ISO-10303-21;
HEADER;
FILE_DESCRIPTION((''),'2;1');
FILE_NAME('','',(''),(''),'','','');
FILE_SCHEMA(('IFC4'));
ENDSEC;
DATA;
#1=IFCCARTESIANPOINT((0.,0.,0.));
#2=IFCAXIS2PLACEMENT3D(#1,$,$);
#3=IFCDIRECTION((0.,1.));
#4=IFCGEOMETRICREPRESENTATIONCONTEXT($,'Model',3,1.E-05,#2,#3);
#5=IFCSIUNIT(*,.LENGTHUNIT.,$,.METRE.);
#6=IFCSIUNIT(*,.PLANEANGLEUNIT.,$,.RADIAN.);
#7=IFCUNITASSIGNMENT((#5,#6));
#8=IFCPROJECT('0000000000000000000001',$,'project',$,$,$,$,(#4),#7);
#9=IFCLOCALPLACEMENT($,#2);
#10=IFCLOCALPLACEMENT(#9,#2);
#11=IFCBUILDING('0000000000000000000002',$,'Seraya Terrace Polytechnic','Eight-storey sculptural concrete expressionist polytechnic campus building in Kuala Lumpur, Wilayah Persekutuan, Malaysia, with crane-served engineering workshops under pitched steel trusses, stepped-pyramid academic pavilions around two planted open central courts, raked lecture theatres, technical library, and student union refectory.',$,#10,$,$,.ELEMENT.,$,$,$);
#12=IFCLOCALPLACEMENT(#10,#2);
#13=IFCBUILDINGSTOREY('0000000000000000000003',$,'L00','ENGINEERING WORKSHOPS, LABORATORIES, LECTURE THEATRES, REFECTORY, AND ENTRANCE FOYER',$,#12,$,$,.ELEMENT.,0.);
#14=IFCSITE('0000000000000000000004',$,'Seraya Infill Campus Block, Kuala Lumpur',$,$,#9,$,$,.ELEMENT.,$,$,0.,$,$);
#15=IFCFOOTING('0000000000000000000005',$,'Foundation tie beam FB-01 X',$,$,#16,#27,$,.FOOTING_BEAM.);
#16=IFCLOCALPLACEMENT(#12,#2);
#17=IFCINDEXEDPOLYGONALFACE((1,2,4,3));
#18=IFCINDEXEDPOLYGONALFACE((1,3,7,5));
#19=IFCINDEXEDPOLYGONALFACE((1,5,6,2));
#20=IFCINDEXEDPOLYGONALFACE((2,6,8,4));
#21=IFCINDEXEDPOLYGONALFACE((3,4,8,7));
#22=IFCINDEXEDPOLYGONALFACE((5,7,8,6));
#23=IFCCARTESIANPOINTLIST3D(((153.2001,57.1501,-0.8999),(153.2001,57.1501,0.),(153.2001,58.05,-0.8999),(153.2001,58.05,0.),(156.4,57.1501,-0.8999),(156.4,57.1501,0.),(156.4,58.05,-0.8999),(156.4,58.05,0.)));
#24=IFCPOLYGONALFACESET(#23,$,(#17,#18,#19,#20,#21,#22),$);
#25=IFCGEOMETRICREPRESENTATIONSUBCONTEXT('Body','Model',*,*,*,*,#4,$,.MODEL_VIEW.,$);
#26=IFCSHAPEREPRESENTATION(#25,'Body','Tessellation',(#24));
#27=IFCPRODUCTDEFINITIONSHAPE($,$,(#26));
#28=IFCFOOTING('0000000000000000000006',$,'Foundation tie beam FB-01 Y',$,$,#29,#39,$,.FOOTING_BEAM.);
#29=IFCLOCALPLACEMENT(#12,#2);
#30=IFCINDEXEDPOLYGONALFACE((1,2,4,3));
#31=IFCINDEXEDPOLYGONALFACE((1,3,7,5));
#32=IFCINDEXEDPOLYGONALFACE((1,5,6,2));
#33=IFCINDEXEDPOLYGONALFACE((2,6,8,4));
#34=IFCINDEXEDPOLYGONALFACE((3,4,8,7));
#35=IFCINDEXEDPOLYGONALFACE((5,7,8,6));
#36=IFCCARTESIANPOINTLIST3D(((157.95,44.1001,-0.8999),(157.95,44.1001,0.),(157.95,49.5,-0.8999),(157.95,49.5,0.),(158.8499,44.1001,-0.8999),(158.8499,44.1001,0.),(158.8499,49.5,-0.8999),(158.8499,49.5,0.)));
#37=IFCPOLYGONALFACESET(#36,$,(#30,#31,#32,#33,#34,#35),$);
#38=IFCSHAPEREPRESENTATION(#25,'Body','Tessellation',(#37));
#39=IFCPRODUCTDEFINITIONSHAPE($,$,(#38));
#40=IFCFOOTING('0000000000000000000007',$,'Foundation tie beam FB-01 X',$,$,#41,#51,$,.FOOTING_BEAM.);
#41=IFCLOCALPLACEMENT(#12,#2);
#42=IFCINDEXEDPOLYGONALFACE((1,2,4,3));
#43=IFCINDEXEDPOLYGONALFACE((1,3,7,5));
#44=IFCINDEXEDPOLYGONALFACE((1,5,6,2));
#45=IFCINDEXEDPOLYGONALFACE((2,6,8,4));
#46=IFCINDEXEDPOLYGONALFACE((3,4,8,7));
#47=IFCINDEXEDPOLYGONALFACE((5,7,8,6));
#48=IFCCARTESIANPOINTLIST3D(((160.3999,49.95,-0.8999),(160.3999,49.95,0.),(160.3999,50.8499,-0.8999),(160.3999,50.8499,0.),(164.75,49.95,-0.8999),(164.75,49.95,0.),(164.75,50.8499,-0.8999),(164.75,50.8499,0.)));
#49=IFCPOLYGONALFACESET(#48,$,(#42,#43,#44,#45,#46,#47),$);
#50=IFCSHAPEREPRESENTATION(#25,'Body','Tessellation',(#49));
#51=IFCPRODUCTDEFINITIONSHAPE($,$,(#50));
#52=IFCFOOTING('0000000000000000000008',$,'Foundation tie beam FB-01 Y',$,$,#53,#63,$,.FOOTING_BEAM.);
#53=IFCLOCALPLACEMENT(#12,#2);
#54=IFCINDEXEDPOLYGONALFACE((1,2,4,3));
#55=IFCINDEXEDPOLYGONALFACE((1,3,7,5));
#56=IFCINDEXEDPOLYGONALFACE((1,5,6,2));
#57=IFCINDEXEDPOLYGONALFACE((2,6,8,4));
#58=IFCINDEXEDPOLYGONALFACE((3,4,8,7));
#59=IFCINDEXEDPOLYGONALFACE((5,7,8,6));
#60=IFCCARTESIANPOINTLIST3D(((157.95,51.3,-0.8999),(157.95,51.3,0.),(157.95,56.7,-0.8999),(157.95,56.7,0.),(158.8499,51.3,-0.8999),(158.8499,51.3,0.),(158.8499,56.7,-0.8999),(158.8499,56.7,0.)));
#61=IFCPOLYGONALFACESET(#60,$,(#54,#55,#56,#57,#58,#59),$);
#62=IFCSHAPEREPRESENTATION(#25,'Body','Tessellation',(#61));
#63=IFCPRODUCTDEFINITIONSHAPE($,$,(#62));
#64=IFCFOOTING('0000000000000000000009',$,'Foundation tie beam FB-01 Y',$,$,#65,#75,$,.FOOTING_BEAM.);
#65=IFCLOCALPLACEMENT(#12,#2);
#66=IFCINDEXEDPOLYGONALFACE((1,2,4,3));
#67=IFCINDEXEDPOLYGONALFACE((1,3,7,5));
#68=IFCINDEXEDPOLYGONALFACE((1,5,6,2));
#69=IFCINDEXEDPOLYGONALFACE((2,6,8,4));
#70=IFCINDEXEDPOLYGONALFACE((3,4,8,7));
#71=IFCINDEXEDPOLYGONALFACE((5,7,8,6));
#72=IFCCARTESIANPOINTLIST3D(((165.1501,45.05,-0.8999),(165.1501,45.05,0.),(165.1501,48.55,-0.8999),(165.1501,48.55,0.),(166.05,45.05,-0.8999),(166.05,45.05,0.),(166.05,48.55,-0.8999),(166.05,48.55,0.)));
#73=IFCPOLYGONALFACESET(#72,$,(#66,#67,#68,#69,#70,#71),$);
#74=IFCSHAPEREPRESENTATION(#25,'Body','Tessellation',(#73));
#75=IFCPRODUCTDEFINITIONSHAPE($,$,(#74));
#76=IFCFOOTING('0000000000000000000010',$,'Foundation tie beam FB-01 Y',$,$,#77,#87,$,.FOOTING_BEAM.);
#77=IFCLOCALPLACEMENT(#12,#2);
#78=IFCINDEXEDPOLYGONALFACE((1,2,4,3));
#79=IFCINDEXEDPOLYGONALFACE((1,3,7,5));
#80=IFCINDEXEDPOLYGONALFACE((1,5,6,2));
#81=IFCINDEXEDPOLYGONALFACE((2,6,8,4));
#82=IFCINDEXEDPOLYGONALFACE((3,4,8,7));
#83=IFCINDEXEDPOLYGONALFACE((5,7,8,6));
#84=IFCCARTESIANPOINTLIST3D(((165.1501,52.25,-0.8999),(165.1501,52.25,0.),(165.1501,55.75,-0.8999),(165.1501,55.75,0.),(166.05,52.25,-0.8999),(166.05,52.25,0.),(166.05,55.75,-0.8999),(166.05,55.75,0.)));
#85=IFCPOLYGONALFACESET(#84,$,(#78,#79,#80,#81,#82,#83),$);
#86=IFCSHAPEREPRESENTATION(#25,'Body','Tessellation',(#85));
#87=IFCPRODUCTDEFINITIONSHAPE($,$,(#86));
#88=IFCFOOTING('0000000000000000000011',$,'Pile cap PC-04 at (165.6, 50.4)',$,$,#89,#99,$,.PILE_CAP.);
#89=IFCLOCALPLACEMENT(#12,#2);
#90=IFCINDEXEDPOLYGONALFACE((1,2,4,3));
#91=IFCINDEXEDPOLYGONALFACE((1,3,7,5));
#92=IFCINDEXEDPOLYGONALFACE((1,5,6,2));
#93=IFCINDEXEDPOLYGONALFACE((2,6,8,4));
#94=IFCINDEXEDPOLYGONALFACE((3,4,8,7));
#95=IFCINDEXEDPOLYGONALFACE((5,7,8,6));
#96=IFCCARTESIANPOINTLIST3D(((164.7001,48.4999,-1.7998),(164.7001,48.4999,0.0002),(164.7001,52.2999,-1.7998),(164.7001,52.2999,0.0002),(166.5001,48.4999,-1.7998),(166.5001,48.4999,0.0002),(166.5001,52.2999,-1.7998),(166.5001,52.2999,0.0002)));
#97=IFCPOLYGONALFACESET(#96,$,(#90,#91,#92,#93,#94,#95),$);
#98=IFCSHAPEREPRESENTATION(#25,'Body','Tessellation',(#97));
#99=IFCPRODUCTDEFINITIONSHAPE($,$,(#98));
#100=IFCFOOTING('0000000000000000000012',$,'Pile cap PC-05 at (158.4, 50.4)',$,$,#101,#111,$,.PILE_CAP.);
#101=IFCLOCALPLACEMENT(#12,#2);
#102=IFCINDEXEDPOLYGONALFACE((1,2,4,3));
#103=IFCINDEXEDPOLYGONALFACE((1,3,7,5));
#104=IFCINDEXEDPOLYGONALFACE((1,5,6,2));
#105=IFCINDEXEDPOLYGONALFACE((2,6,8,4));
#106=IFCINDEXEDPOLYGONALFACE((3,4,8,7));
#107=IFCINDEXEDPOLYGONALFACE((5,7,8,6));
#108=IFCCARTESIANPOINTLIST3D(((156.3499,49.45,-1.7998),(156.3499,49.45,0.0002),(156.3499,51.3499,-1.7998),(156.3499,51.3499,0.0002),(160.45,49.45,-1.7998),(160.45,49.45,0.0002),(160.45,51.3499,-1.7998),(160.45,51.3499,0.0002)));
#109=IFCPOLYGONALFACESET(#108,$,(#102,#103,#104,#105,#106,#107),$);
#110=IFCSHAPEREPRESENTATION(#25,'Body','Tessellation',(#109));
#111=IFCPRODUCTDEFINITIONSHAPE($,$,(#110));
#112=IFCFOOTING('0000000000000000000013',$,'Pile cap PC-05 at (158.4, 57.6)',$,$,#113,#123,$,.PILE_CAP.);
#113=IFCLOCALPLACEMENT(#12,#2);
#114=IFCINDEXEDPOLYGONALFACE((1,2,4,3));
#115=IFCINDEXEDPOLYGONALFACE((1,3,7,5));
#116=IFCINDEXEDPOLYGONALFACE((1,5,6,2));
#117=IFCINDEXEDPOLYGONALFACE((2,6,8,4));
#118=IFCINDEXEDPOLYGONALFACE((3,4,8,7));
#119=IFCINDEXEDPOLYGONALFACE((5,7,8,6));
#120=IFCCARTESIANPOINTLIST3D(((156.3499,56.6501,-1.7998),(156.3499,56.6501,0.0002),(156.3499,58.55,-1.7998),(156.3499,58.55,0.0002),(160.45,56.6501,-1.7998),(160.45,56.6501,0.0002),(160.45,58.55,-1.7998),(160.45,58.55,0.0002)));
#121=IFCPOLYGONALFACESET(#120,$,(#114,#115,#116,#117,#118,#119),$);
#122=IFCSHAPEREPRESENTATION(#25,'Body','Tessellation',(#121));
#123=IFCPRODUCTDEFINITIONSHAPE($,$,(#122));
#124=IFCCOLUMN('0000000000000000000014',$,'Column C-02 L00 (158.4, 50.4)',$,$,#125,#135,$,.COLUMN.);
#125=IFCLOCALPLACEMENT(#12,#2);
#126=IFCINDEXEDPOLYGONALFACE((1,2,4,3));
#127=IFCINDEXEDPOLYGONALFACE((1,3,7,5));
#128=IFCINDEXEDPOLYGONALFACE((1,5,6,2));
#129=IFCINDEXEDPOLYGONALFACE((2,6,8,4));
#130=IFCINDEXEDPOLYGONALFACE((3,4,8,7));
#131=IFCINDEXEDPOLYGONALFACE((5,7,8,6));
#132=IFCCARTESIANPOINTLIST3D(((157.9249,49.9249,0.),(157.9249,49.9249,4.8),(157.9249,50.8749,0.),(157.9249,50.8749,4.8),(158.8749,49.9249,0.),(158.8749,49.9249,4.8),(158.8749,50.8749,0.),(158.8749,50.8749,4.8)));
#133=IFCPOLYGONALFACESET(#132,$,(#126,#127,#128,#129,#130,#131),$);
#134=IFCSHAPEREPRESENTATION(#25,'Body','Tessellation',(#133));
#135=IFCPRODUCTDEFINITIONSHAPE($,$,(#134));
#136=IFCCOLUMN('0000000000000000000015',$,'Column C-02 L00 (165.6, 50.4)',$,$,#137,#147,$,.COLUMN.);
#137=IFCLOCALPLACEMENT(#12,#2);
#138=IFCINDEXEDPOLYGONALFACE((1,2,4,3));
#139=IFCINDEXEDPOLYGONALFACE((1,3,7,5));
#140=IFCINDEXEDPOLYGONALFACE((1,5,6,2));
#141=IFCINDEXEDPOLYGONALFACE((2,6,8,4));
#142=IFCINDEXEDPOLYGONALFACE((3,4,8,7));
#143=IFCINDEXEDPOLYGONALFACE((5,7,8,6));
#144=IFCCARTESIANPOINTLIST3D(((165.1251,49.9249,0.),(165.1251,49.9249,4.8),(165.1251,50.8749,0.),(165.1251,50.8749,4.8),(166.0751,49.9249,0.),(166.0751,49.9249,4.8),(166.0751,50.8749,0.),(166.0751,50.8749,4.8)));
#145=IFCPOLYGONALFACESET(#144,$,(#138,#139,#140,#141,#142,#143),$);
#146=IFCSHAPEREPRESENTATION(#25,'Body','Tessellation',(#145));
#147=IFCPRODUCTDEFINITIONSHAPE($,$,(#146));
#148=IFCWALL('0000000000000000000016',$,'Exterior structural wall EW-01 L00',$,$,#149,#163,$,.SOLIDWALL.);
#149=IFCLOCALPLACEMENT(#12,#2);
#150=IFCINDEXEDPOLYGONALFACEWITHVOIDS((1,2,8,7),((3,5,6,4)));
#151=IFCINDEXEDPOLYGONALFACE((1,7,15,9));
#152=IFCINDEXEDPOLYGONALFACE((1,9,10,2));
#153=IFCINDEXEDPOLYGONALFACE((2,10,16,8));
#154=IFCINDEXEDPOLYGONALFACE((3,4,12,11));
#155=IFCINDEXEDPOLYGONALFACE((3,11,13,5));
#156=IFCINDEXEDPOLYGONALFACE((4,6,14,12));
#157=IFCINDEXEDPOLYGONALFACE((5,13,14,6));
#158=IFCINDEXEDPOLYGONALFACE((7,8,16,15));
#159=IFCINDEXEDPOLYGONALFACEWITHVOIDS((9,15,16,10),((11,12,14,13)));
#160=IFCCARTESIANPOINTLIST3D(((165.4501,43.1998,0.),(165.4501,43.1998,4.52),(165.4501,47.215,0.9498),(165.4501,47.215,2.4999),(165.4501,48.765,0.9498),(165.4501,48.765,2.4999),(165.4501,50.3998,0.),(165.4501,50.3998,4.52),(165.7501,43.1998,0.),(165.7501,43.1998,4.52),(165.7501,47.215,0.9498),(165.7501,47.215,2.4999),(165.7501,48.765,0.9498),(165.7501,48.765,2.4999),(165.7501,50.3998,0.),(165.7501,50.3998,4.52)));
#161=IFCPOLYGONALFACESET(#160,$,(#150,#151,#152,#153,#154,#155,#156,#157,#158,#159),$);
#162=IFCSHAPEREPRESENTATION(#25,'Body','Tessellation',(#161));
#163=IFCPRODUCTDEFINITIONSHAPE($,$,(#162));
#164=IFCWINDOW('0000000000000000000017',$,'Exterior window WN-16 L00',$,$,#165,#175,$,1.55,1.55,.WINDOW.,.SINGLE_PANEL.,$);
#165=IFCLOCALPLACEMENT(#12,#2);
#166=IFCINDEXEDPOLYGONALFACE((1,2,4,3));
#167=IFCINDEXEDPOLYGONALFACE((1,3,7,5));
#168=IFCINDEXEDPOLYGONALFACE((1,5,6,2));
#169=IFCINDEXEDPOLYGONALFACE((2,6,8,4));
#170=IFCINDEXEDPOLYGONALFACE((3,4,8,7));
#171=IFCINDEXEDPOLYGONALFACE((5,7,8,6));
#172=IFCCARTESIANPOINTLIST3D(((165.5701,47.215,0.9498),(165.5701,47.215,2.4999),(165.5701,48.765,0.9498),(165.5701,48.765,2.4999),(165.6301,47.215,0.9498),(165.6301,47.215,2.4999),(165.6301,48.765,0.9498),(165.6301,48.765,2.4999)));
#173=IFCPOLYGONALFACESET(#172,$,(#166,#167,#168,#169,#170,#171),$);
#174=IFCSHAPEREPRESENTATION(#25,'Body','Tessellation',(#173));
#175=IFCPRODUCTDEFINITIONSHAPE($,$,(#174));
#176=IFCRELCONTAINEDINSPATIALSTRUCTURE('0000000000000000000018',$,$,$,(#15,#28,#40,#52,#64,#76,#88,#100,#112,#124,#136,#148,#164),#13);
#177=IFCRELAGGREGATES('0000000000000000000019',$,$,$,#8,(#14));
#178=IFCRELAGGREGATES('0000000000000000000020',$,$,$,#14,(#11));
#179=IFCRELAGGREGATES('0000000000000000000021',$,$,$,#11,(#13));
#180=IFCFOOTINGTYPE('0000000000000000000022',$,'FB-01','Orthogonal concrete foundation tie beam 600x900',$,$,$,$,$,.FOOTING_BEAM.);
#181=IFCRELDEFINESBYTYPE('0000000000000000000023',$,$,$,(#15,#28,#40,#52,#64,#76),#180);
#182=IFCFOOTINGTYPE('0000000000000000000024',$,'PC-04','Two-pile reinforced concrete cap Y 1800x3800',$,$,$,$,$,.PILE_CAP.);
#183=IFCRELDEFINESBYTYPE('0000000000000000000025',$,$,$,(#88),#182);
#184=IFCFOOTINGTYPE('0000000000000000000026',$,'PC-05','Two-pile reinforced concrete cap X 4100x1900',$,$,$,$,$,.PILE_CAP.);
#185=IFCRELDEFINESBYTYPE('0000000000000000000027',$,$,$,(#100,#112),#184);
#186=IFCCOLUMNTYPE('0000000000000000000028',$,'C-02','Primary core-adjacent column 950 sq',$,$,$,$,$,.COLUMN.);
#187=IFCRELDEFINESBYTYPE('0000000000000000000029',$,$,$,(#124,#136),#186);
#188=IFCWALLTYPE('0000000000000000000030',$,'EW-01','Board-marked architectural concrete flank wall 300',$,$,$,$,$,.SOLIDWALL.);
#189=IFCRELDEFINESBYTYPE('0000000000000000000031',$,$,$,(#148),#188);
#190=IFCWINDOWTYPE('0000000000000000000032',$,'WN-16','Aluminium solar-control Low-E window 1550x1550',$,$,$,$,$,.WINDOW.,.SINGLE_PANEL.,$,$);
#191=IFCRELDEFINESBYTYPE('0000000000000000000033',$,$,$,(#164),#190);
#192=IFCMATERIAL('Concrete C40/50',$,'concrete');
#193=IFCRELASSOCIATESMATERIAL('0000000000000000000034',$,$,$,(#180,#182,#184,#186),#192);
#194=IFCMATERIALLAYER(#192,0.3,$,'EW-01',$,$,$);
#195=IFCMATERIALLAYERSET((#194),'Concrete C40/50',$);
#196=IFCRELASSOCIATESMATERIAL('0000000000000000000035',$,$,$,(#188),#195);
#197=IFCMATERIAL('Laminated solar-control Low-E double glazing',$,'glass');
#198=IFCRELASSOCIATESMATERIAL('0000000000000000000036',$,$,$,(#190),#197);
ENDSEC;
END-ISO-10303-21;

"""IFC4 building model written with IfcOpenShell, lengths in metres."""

from ifc_helpers import new_model, si_unit, direction, frame, frame_2d, origin, origin_2d, place, context, subcontext, project, spatial, rectangle, extrude, material, layer, layer_set, material_profile, profile_set, type_object, element, fill, save


model = new_model("IFC4")

# Units and contexts
model_context = context("Model", 3, precision=1e-05, world=origin(), true_north=direction((0.0, 1.0)))
body_context = subcontext(model_context, "Body", "Model", "MODEL_VIEW")
ifc_project = project(units=[si_unit("LENGTHUNIT", "METRE"), si_unit("PLANEANGLEUNIT", "RADIAN")], contexts=[model_context])

# Site, building, storey
site_placement = place(None, origin())
site = spatial("IfcSite", under=ifc_project, at=site_placement, Name="Seraya Infill Campus Block, Kuala Lumpur", CompositionType="ELEMENT", RefElevation=0.0)
building_placement = place(site_placement, origin())
building = spatial("IfcBuilding", under=site, at=building_placement, Name="Seraya Terrace Polytechnic", Description="Eight-storey sculptural concrete expressionist polytechnic campus building in Kuala Lumpur, Wilayah Persekutuan, Malaysia, with crane-served engineering workshops under pitched steel trusses, stepped-pyramid academic pavilions around two planted open central courts, raked lecture theatres, technical library, and student union refectory.", CompositionType="ELEMENT")
storey_placement = place(building_placement, origin())
storey = spatial("IfcBuildingStorey", under=building, at=storey_placement, Name="L00", Description="ENGINEERING WORKSHOPS, LABORATORIES, LECTURE THEATRES, REFECTORY, AND ENTRANCE FOYER", CompositionType="ELEMENT", Elevation=0.0)

# Shared definitions
ifc_material_1 = material(Name="Concrete C40/50", Category="concrete")

# Footings
footing_type_1 = type_object("IfcFootingType", Name="FB-01", Description="Orthogonal concrete foundation tie beam 600x900", PredefinedType="FOOTING_BEAM", material=ifc_material_1)
for number, where, z_axis, x_axis, name in (
    (1, (154.8, 57.6001, -0.8999), (0.0, 0.0, 1.0), (1.0, 0.0, 0.0), "Foundation tie beam FB-01 X"),
):
    element("IfcFooting", number, at=place(storey_placement, frame(where, z_axis=z_axis, x_axis=x_axis)), inside=storey, type_object=footing_type_1, Name=name, PredefinedType="FOOTING_BEAM", context=body_context, shape_type="SweptSolid", body=[
        extrude(rectangle(XDim=3.2, YDim=0.8999, at=origin_2d()), origin(), (0.0, 0.0, 1.0), 0.8999),
    ])
footing_1_placement = place(storey_placement, frame((158.3999, 46.8, -0.8999), z_axis=(0.0, 0.0, 1.0), x_axis=(0.0, 1.0, 0.0)))
element("IfcFooting", 2, at=footing_1_placement, inside=storey, type_object=footing_type_1, Name="Foundation tie beam FB-01 Y", PredefinedType="FOOTING_BEAM", context=body_context, shape_type="SweptSolid", body=[
    extrude(rectangle(XDim=5.3999, YDim=0.8999, at=origin_2d()), origin(), (0.0, 0.0, 1.0), 0.8999),
])
footing_2_placement = place(storey_placement, frame((162.575, 50.3999, -0.8999), z_axis=(0.0, 0.0, 1.0), x_axis=(1.0, 0.0, 0.0)))
element("IfcFooting", 3, at=footing_2_placement, inside=storey, type_object=footing_type_1, Name="Foundation tie beam FB-01 X", PredefinedType="FOOTING_BEAM", context=body_context, shape_type="SweptSolid", body=[
    extrude(rectangle(XDim=4.3501, YDim=0.8999, at=origin_2d()), origin(), (0.0, 0.0, 1.0), 0.8999),
])
footing_3_placement = place(storey_placement, frame((158.3999, 54.0, -0.8999), z_axis=(0.0, 0.0, 1.0), x_axis=(0.0, 1.0, 0.0)))
element("IfcFooting", 4, at=footing_3_placement, inside=storey, type_object=footing_type_1, Name="Foundation tie beam FB-01 Y", PredefinedType="FOOTING_BEAM", context=body_context, shape_type="SweptSolid", body=[
    extrude(rectangle(XDim=5.3999, YDim=0.8999, at=origin_2d()), origin(), (0.0, 0.0, 1.0), 0.8999),
])
for number, where, z_axis, x_axis, name in (
    (5, (165.6001, 46.8, -0.8999), (0.0, 0.0, 1.0), (0.0, 1.0, 0.0), "Foundation tie beam FB-01 Y"),
    (6, (165.6001, 54.0, -0.8999), (0.0, 0.0, 1.0), (0.0, 1.0, 0.0), "Foundation tie beam FB-01 Y"),
):
    element("IfcFooting", number, at=place(storey_placement, frame(where, z_axis=z_axis, x_axis=x_axis)), inside=storey, type_object=footing_type_1, Name=name, PredefinedType="FOOTING_BEAM", context=body_context, shape_type="SweptSolid", body=[
        extrude(rectangle(XDim=3.5, YDim=0.8999, at=origin_2d()), origin(), (0.0, 0.0, 1.0), 0.8999),
    ])
footing_type_2 = type_object("IfcFootingType", Name="PC-04", Description="Two-pile reinforced concrete cap Y 1800x3800", PredefinedType="PILE_CAP", material=ifc_material_1)
footing_4_placement = place(storey_placement, frame((165.6001, 50.3999, -1.7998), z_axis=(0.0, 0.0, 1.0), x_axis=(1.0, 0.0, 0.0)))
element("IfcFooting", 7, at=footing_4_placement, inside=storey, type_object=footing_type_2, Name="Pile cap PC-04 at (165.6, 50.4)", PredefinedType="PILE_CAP", context=body_context, shape_type="SweptSolid", body=[
    extrude(rectangle(XDim=1.8, YDim=3.8, at=origin_2d()), origin(), (0.0, 0.0, 1.0), 1.8),
])
footing_type_3 = type_object("IfcFootingType", Name="PC-05", Description="Two-pile reinforced concrete cap X 4100x1900", PredefinedType="PILE_CAP", material=ifc_material_1)
for number, where, z_axis, x_axis, name in (
    (8, (158.3999, 50.3999, -1.7998), (0.0, 0.0, 1.0), (1.0, 0.0, 0.0), "Pile cap PC-05 at (158.4, 50.4)"),
    (9, (158.3999, 57.6001, -1.7998), (0.0, 0.0, 1.0), (1.0, 0.0, 0.0), "Pile cap PC-05 at (158.4, 57.6)"),
):
    element("IfcFooting", number, at=place(storey_placement, frame(where, z_axis=z_axis, x_axis=x_axis)), inside=storey, type_object=footing_type_3, Name=name, PredefinedType="PILE_CAP", context=body_context, shape_type="SweptSolid", body=[
        extrude(rectangle(XDim=4.1001, YDim=1.8999, at=origin_2d()), origin(), (0.0, 0.0, 1.0), 1.8),
    ])

# Columns
ifc_material_profile_1 = material_profile(ifc_material_1, rectangle(XDim=0.95, YDim=0.95, at=origin_2d()), Name="RC 950x950")
ifc_profile_set_1 = profile_set([ifc_material_profile_1], Name="Concrete C40/50")
column_type = type_object("IfcColumnType", Name="C-02", Description="Primary core-adjacent column 950 sq", PredefinedType="COLUMN", material=ifc_profile_set_1)
for number, where, z_axis, x_axis, name in (
    (10, (158.3999, 50.3999, 0.0), (0.0, 0.0, 1.0), (1.0, 0.0, 0.0), "Column C-02 L00 (158.4, 50.4)"),
    (11, (165.6001, 50.3999, 0.0), (0.0, 0.0, 1.0), (1.0, 0.0, 0.0), "Column C-02 L00 (165.6, 50.4)"),
):
    element("IfcColumn", number, at=place(storey_placement, frame(where, z_axis=z_axis, x_axis=x_axis)), inside=storey, type_object=column_type, Name=name, PredefinedType="COLUMN", context=body_context, shape_type="SweptSolid", body=[
        extrude(rectangle(XDim=0.95, YDim=0.95, at=origin_2d()), origin(), (0.0, 0.0, 1.0), 4.8),
    ])

# Wall, opening, window
ifc_layer = layer(ifc_material_1, 0.3, Name="EW-01")
ifc_layer_set = layer_set([ifc_layer], Name="Concrete C40/50")
wall_type = type_object("IfcWallType", Name="EW-01", Description="Board-marked architectural concrete flank wall 300", PredefinedType="SOLIDWALL", material=ifc_layer_set)
wall_placement = place(storey_placement, frame((165.6001, 50.3999, 0.0), z_axis=(0.0, 0.0, 1.0), x_axis=(0.0, -1.0, 0.0)))
wall = element("IfcWall", 12, at=wall_placement, inside=storey, type_object=wall_type, Name="Exterior structural wall EW-01 L00", PredefinedType="SOLIDWALL", context=body_context, shape_type="SweptSolid", body=[
    extrude(rectangle(XDim=7.2, YDim=0.3, at=frame_2d((3.6001, 0.0))), origin(), (0.0, 0.0, 1.0), 4.52),
])
opening_placement = place(wall_placement, frame((1.635, 0.0, 0.95)))
opening = element("IfcOpeningElement", 13, at=opening_placement, cuts=wall, PredefinedType="OPENING", context=body_context, shape_type="SweptSolid", body=[
    extrude(rectangle(XDim=1.55, YDim=1.55, at=frame_2d((0.7749, 0.7749))), frame((0.0, 0.1621, 0.0), z_axis=(0.0, -1.0, 0.0), x_axis=(1.0, 0.0, 0.0)), (0.0, 0.0, 1.0), 0.324),
])
ifc_material_2 = material(Name="Laminated solar-control Low-E double glazing", Category="glass")
window_type = type_object("IfcWindowType", Name="WN-16", Description="Aluminium solar-control Low-E window 1550x1550", PartitioningType="SINGLE_PANEL", PredefinedType="WINDOW", material=ifc_material_2)
window_placement = place(opening_placement, origin())
window = element("IfcWindow", 14, at=window_placement, inside=storey, type_object=window_type, Name="Exterior window WN-16 L00", OverallHeight=1.55, OverallWidth=1.55, PartitioningType="SINGLE_PANEL", PredefinedType="WINDOW", context=body_context, shape_type="SweptSolid", body=[
    extrude(rectangle(XDim=1.55, YDim=1.55, at=frame_2d((0.7749, 0.7749))), frame((0.0, 0.03, 0.0), z_axis=(0.0, -1.0, 0.0), x_axis=(1.0, 0.0, 0.0)), (0.0, 0.0, 1.0), 0.0601),
])
fill(opening, window)

save(model, "model.ifc")
